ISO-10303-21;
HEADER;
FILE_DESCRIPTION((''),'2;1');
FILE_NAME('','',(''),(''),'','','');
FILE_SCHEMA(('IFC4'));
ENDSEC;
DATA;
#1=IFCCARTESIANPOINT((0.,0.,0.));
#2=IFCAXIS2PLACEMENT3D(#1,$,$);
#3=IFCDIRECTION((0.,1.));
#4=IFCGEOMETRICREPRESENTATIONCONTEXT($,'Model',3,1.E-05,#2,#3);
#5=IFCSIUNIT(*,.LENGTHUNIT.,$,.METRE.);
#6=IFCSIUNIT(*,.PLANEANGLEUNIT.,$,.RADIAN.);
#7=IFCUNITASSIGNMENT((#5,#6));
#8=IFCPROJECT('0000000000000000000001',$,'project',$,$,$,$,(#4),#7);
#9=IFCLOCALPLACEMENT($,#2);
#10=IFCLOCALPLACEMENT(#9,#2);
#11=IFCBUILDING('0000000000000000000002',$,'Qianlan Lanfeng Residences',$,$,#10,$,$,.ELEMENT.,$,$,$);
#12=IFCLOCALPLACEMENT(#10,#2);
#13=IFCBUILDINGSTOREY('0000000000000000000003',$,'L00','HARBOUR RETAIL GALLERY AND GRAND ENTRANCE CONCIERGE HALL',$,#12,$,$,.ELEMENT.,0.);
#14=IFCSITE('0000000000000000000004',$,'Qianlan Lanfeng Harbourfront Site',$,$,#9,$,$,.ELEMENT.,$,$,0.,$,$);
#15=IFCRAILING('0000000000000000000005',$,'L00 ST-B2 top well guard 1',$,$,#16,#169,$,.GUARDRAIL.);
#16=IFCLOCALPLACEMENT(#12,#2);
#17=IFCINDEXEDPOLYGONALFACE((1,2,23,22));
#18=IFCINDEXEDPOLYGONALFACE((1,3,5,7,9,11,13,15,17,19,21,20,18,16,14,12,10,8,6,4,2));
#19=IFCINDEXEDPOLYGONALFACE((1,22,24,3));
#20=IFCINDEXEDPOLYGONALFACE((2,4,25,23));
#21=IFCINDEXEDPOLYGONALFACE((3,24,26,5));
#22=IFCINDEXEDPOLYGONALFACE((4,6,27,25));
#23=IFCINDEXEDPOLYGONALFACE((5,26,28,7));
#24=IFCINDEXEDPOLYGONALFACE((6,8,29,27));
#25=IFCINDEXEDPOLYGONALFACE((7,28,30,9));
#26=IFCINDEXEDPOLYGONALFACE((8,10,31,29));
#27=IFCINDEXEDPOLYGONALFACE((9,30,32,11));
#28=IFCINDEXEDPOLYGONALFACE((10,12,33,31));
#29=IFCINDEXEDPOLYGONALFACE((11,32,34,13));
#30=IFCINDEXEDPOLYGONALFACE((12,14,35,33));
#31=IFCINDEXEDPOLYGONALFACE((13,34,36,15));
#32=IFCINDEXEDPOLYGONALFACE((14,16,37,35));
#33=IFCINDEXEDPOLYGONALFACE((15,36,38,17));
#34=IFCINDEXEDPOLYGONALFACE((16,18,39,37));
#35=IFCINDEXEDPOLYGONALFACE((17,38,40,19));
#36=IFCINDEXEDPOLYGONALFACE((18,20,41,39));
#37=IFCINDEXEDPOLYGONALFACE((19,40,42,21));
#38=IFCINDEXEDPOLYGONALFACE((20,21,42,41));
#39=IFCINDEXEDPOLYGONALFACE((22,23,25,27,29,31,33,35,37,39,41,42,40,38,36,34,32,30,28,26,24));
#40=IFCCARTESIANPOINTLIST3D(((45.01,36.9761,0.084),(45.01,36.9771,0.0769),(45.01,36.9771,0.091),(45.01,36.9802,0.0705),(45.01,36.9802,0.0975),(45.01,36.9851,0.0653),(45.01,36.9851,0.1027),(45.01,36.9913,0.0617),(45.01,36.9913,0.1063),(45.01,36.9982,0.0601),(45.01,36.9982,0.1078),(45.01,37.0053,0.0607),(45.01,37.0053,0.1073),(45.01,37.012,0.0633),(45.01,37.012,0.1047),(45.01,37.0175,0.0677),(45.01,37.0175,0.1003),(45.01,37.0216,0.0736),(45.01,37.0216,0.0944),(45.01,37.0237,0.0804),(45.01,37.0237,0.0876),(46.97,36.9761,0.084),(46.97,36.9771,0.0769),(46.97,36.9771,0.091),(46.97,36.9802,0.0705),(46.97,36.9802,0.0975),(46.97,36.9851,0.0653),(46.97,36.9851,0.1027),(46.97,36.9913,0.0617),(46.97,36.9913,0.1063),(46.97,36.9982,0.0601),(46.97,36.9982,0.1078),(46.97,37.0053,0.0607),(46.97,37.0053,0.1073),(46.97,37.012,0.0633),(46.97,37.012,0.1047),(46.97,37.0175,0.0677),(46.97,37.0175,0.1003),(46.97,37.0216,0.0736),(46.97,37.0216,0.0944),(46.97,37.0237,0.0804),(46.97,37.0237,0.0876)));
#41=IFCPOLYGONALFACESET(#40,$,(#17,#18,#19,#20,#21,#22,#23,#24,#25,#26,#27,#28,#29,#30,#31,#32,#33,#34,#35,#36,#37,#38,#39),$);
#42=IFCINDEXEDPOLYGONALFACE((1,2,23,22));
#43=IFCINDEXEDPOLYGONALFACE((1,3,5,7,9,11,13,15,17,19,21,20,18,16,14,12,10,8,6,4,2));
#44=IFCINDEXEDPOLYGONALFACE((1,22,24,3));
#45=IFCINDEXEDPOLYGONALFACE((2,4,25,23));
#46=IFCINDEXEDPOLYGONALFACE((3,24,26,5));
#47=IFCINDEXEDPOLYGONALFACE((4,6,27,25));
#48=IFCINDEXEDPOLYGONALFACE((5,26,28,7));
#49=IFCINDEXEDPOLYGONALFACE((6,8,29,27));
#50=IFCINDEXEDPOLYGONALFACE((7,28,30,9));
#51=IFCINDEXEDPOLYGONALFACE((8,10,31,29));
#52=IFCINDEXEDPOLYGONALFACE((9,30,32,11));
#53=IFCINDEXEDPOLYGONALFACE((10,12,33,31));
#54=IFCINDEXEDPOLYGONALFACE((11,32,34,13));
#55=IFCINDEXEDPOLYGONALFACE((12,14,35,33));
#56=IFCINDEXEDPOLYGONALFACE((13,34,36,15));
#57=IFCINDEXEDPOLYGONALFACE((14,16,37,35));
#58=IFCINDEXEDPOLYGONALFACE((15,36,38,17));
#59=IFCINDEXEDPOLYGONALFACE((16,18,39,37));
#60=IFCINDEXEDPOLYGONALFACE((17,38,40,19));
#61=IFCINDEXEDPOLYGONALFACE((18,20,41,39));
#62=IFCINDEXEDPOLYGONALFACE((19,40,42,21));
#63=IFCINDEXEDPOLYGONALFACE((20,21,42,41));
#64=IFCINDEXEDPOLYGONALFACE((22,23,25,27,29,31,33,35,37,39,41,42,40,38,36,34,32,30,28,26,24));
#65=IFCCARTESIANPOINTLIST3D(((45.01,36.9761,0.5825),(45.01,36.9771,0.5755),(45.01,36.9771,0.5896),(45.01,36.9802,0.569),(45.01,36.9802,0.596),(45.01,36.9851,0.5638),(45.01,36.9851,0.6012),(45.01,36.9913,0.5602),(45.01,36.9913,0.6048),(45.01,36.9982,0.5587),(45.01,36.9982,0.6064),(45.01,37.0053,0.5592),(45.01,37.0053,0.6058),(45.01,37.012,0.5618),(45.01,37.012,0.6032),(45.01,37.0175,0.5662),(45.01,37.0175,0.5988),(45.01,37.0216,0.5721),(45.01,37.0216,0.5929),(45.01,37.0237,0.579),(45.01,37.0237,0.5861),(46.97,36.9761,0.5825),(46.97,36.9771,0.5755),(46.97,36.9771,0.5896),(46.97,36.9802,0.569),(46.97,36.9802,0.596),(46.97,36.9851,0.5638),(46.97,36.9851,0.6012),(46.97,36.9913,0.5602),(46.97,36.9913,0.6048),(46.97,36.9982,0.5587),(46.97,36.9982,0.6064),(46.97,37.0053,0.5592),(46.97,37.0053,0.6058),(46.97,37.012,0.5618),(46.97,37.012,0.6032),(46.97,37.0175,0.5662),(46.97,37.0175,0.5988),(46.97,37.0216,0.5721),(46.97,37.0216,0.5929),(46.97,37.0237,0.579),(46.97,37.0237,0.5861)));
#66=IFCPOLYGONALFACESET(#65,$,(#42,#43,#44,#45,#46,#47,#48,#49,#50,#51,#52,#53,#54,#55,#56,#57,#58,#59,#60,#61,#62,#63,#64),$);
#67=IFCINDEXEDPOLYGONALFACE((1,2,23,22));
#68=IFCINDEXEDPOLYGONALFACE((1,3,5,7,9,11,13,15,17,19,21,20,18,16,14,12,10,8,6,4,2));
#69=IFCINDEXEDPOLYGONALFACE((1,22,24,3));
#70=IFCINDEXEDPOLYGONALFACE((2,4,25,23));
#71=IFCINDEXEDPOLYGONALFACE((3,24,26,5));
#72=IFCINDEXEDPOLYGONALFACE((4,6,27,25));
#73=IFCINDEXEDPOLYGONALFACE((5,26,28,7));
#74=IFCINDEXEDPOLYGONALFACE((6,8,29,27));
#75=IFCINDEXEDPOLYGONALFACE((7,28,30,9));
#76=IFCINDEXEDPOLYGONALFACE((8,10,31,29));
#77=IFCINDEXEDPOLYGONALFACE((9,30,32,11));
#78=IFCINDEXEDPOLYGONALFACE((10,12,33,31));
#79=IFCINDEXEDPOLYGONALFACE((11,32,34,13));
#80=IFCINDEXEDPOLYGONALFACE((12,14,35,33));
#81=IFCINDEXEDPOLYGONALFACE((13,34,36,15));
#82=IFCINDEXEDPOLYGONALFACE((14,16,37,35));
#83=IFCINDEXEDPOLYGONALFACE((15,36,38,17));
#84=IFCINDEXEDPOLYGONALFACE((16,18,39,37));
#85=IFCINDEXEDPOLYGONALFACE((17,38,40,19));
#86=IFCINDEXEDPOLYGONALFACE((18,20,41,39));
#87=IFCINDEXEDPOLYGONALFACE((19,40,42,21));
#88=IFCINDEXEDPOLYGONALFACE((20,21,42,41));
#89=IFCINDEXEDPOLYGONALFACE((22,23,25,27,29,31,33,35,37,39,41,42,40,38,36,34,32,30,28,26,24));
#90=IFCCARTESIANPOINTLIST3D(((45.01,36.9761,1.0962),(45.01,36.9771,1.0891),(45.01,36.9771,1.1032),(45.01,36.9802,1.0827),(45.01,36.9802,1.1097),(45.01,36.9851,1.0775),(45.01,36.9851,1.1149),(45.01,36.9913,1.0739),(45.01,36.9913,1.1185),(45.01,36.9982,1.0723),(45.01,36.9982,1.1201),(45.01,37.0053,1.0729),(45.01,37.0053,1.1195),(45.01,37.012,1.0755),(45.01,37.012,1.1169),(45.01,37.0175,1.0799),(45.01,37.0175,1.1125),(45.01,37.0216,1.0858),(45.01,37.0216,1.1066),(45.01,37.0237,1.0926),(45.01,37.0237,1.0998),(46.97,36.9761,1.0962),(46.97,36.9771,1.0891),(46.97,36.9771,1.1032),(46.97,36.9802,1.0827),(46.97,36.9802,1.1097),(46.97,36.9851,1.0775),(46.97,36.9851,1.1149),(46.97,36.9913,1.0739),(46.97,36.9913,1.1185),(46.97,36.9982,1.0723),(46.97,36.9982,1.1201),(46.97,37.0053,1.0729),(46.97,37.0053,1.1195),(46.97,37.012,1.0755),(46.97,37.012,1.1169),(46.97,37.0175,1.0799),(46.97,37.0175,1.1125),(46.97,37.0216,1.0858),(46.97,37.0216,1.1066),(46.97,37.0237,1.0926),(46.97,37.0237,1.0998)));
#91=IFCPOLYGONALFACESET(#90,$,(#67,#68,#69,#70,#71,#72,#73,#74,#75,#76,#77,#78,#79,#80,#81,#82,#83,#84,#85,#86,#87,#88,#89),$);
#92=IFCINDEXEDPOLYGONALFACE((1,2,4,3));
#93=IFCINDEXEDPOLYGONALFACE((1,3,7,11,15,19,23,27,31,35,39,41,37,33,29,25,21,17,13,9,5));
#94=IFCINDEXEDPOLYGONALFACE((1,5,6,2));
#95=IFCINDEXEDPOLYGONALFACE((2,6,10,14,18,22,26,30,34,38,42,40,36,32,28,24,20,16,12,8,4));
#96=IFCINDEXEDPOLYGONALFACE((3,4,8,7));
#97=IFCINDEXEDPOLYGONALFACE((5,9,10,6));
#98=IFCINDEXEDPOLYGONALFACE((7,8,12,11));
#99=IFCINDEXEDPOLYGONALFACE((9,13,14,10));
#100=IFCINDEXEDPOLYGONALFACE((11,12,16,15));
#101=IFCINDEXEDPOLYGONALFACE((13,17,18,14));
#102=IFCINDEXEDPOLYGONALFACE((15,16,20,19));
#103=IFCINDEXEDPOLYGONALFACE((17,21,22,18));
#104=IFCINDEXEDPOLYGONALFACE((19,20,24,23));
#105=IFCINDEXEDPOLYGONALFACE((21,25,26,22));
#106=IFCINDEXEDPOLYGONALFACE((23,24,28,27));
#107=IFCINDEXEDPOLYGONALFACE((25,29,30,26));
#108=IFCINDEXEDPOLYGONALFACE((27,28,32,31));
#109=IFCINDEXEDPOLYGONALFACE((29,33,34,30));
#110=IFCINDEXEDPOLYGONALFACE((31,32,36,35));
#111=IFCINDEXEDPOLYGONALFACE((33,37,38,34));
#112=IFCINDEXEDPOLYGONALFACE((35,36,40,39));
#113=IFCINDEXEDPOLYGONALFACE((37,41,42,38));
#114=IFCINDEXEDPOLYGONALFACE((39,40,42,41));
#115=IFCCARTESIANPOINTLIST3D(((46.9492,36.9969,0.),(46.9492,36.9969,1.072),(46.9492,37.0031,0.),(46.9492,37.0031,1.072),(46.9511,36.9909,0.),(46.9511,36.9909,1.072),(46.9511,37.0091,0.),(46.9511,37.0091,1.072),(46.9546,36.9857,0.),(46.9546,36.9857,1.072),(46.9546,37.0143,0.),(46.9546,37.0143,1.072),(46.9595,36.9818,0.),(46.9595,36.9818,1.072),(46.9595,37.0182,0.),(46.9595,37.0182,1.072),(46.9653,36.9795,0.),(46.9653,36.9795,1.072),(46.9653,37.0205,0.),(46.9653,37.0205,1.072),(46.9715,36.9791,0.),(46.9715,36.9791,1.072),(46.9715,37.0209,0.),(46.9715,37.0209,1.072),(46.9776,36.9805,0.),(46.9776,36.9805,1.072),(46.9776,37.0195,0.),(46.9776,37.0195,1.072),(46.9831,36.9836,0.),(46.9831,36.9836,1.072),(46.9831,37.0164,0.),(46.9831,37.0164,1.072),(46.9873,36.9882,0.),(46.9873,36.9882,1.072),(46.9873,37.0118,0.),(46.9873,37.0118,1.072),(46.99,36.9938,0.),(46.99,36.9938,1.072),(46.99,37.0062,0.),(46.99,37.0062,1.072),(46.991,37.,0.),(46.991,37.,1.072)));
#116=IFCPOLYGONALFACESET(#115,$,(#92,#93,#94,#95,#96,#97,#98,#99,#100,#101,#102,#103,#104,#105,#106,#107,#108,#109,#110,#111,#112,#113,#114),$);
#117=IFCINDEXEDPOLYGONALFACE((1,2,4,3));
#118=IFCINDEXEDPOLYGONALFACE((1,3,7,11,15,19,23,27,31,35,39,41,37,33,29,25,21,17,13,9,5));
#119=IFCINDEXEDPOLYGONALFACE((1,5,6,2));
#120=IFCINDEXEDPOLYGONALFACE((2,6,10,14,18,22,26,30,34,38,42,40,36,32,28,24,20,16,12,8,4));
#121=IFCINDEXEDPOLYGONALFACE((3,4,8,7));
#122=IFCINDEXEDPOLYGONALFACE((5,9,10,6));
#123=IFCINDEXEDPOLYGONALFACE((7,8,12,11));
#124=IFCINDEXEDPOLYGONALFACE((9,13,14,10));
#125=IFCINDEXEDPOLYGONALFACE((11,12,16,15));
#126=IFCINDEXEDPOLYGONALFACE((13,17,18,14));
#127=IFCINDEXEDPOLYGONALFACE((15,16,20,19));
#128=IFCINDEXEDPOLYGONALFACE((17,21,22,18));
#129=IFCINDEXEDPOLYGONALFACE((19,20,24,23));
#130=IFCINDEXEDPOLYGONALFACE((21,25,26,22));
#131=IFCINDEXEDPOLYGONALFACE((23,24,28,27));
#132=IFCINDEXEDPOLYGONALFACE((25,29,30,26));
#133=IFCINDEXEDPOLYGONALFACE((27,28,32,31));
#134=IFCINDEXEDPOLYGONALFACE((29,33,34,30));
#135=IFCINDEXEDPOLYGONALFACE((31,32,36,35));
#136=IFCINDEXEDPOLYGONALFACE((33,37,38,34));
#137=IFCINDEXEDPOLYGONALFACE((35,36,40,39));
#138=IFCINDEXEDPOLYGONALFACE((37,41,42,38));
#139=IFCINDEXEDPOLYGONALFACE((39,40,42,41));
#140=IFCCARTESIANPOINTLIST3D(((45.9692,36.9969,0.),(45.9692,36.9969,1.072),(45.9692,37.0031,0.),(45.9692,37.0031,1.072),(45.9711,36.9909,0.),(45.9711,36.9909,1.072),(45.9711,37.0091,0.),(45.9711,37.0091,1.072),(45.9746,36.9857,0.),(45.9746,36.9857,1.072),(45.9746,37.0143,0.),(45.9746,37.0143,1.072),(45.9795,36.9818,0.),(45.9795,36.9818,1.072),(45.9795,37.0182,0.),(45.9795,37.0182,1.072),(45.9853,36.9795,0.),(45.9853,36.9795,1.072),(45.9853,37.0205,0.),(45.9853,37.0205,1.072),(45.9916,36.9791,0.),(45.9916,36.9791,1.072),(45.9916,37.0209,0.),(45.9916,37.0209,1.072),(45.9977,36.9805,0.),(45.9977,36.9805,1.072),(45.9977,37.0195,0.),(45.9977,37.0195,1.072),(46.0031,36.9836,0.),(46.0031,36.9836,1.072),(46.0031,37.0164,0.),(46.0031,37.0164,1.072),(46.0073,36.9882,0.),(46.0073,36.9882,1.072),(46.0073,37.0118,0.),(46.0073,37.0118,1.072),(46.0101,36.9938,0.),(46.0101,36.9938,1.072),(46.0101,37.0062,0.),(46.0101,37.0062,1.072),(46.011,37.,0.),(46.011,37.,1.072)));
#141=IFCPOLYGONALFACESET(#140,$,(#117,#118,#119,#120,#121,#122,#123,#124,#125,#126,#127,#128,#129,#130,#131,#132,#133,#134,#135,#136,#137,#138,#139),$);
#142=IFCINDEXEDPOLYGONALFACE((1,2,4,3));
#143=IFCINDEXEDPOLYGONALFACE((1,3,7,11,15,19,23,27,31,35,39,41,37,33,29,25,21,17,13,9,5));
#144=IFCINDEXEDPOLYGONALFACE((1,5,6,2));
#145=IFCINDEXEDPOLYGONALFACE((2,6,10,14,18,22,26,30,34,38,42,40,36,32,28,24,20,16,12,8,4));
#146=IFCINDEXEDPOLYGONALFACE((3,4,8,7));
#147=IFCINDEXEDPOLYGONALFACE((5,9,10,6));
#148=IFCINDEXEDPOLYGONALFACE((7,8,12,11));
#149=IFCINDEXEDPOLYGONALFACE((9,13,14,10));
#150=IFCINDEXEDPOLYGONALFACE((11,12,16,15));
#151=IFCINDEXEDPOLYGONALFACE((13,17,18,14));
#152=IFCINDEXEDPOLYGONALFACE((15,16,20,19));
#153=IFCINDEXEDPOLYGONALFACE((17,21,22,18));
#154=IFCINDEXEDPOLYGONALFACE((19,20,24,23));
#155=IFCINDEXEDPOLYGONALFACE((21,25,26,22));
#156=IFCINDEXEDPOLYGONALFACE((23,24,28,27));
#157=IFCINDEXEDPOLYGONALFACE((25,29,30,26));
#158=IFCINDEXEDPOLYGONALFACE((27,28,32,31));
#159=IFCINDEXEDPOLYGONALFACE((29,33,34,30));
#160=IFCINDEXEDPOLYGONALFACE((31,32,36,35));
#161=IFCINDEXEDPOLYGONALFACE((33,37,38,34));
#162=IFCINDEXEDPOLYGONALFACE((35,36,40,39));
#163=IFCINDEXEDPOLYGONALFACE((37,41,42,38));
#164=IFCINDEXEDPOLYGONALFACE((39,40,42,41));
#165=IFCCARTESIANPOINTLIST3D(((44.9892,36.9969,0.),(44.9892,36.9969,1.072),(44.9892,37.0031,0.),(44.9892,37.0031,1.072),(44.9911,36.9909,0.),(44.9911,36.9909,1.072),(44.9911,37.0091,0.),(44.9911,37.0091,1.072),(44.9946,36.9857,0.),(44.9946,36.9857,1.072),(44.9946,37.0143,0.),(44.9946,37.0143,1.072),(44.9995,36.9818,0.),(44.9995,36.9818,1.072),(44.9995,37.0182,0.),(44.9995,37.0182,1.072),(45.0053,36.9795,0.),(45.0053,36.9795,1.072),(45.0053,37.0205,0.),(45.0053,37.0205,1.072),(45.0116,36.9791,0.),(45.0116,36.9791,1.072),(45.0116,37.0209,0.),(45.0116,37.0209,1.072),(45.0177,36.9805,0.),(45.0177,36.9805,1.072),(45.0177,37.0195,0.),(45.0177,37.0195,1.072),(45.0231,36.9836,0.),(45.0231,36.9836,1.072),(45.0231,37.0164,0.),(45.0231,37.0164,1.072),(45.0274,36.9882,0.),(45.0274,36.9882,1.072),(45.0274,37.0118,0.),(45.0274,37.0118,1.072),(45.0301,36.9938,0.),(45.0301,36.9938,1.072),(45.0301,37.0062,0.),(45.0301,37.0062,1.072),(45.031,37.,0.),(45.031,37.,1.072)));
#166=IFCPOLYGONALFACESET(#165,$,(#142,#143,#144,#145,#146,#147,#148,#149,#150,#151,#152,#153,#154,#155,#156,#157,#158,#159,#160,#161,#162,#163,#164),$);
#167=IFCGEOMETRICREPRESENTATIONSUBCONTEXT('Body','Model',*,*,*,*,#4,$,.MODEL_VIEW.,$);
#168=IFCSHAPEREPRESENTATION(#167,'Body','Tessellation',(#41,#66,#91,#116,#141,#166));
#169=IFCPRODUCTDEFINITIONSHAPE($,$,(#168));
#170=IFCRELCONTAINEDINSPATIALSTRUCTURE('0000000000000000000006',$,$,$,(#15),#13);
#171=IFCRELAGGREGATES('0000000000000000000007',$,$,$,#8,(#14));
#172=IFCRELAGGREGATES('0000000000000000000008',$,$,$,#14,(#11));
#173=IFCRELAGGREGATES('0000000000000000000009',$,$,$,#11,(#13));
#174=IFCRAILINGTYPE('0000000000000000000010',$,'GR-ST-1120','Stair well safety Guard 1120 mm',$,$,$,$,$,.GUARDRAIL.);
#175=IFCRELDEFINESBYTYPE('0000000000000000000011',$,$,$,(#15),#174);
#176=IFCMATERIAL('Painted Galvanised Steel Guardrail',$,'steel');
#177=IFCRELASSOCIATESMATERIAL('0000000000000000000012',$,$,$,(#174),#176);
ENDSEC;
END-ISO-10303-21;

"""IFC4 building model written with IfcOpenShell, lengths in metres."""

from ifc_helpers import new_model, si_unit, direction, frame, origin, origin_2d, place, context, subcontext, project, spatial, circle, extrude, material, type_object, element, save


model = new_model("IFC4")

# Units and contexts
model_context = context("Model", 3, precision=1e-05, world=origin(), true_north=direction((0.0, 1.0)))
body_context = subcontext(model_context, "Body", "Model", "MODEL_VIEW")
ifc_project = project(units=[si_unit("LENGTHUNIT", "METRE"), si_unit("PLANEANGLEUNIT", "RADIAN")], contexts=[model_context])

# Site, building, storey
site_placement = place(None, origin())
site = spatial("IfcSite", under=ifc_project, at=site_placement, Name="Qianlan Lanfeng Harbourfront Site", CompositionType="ELEMENT", RefElevation=0.0)
building_placement = place(site_placement, origin())
building = spatial("IfcBuilding", under=site, at=building_placement, Name="Qianlan Lanfeng Residences", CompositionType="ELEMENT")
storey_placement = place(building_placement, origin())
storey = spatial("IfcBuildingStorey", under=building, at=storey_placement, Name="L00", Description="HARBOUR RETAIL GALLERY AND GRAND ENTRANCE CONCIERGE HALL", CompositionType="ELEMENT", Elevation=0.0)

# Railing
ifc_material_1 = material(Name="Painted Galvanised Steel Guardrail", Category="steel")
railing_type_1 = type_object("IfcRailingType", Name="GR-ST-1120", Description="Stair well safety Guard 1120 mm", PredefinedType="GUARDRAIL", material=ifc_material_1)
railing_1_placement = place(storey_placement, frame((46.97, 37.0, 0.0)))
element("IfcRailing", 1, at=railing_1_placement, inside=storey, type_object=railing_type_1, Name="L00 ST-B2 top well guard 1", PredefinedType="GUARDRAIL", context=body_context, shape_type="SweptSolid", body=[
    extrude(circle(Radius=0.0239, at=origin_2d()), frame((0.0, 0.0, 0.084), z_axis=(-1.0, 0.0, 0.0), x_axis=(0.0, -1.0, 0.0)), (0.0, 0.0, 1.0), 1.96),
    extrude(circle(Radius=0.0239, at=origin_2d()), frame((0.0, 0.0, 0.5825), z_axis=(-1.0, 0.0, 0.0), x_axis=(0.0, -1.0, 0.0)), (0.0, 0.0, 1.0), 1.96),
    extrude(circle(Radius=0.0239, at=origin_2d()), frame((0.0, 0.0, 1.0962), z_axis=(-1.0, 0.0, 0.0), x_axis=(0.0, -1.0, 0.0)), (0.0, 0.0, 1.0), 1.96),
    extrude(circle(Radius=0.021, at=origin_2d()), origin(), (0.0, 0.0, 1.0), 1.072),
    extrude(circle(Radius=0.021, at=origin_2d()), frame((-0.98, 0.0, 0.0)), (0.0, 0.0, 1.0), 1.072),
    extrude(circle(Radius=0.021, at=origin_2d()), frame((-1.96, 0.0, 0.0)), (0.0, 0.0, 1.0), 1.072),
])

save(model, "model.ifc")
